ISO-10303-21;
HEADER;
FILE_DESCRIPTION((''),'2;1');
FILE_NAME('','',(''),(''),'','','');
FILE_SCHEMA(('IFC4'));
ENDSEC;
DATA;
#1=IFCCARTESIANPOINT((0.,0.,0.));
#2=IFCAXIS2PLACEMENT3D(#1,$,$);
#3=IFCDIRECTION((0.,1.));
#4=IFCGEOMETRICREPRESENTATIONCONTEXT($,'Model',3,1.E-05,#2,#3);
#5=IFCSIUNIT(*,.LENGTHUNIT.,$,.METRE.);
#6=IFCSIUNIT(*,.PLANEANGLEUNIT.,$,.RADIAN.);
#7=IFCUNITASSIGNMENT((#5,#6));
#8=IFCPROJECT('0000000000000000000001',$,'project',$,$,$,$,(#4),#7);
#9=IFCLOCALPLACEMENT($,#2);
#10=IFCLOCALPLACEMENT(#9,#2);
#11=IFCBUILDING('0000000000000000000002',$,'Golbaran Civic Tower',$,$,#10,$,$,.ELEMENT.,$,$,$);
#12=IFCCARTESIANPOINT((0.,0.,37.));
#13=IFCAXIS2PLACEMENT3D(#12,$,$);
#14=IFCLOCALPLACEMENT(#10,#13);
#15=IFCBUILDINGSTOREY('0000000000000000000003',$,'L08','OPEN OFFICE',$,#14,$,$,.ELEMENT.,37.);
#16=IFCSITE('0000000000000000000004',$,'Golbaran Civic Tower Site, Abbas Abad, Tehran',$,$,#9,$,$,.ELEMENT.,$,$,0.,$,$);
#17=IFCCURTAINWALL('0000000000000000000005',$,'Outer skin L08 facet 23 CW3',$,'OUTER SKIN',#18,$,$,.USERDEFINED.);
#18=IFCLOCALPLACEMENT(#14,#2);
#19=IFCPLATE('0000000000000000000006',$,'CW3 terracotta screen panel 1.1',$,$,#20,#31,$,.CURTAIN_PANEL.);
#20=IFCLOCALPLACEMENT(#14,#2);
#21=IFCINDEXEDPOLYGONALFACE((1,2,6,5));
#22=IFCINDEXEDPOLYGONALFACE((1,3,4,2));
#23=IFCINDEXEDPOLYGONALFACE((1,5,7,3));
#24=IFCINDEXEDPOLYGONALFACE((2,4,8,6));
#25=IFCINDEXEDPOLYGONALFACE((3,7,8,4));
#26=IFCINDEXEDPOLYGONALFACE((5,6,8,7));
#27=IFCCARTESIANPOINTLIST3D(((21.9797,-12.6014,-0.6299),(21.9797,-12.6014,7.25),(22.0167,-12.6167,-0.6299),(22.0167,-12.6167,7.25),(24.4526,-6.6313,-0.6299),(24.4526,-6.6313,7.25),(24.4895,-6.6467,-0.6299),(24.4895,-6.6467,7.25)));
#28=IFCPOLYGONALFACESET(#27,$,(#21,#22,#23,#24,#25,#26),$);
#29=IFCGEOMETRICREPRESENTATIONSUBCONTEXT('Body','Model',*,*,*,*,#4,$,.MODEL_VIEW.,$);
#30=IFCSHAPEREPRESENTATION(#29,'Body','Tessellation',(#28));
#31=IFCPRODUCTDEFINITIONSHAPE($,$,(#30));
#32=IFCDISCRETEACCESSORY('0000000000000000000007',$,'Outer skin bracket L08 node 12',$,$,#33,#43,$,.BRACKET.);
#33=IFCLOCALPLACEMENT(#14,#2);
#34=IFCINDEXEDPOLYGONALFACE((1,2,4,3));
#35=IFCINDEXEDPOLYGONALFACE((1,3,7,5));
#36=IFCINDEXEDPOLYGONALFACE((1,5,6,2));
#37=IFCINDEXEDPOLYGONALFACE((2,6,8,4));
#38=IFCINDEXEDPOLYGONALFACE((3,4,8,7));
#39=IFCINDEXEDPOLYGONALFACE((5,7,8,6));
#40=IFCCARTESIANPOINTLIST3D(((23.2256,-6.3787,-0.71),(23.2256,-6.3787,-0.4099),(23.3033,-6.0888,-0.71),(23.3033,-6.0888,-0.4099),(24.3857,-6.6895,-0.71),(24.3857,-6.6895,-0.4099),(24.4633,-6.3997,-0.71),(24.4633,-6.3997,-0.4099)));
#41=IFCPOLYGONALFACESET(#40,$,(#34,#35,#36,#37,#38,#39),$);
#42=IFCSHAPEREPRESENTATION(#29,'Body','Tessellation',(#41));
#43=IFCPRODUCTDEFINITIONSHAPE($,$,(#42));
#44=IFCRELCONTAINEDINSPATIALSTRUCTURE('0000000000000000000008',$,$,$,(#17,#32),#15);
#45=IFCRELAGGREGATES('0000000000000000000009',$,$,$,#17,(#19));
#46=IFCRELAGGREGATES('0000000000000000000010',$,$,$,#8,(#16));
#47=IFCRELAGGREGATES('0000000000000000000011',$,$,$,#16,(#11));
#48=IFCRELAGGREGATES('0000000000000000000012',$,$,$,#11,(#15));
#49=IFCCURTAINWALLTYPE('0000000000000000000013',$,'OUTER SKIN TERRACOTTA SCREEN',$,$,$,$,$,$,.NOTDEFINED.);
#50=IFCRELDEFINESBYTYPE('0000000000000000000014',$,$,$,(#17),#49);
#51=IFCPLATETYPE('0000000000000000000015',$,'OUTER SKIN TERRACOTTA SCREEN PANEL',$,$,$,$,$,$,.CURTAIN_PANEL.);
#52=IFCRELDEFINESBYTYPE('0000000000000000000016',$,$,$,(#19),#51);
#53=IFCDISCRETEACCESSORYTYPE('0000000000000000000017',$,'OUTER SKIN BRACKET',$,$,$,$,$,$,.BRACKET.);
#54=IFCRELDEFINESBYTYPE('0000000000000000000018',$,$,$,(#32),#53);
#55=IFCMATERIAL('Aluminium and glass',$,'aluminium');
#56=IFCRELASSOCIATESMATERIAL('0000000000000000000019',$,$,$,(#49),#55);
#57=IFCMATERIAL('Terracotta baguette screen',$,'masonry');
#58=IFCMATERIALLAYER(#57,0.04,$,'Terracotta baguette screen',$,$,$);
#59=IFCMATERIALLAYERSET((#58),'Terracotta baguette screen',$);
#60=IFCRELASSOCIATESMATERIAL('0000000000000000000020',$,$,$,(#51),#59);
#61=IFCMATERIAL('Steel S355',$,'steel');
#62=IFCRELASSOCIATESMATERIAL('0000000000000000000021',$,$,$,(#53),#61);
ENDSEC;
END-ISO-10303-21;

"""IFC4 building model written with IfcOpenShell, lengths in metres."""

from ifc_helpers import new_model, si_unit, direction, frame, origin, origin_2d, place, context, subcontext, project, spatial, rectangle, extrude, material, layer, layer_set, type_object, element, aggregate, save


model = new_model("IFC4")

# Units and contexts
model_context = context("Model", 3, precision=1e-05, world=origin(), true_north=direction((0.0, 1.0)))
body_context = subcontext(model_context, "Body", "Model", "MODEL_VIEW")
ifc_project = project(units=[si_unit("LENGTHUNIT", "METRE"), si_unit("PLANEANGLEUNIT", "RADIAN")], contexts=[model_context])

# Site, building, storey
site_placement = place(None, origin())
site = spatial("IfcSite", under=ifc_project, at=site_placement, Name="Golbaran Civic Tower Site, Abbas Abad, Tehran", CompositionType="ELEMENT", RefElevation=0.0)
building_placement = place(site_placement, origin())
building = spatial("IfcBuilding", under=site, at=building_placement, Name="Golbaran Civic Tower", CompositionType="ELEMENT")
storey_placement = place(building_placement, frame((0.0, 0.0, 37.0)))
storey = spatial("IfcBuildingStorey", under=building, at=storey_placement, Name="L08", Description="OPEN OFFICE", CompositionType="ELEMENT", Elevation=37.0)

# Shared definitions
ifc_material_1 = material(Name="Steel S355", Category="steel")

# Shared definitions
ifc_material_2 = material(Name="Aluminium and glass", Category="aluminium")

# Curtain wall
curtain_wall_type_1 = type_object("IfcCurtainWallType", Name="OUTER SKIN TERRACOTTA SCREEN", PredefinedType="NOTDEFINED", material=ifc_material_2)
curtain_wall_1_placement = place(storey_placement, origin())
curtain_wall_1 = element("IfcCurtainWall", 1, at=curtain_wall_1_placement, inside=storey, type_object=curtain_wall_type_1, Name="Outer skin L08 facet 23 CW3", ObjectType="OUTER SKIN", PredefinedType="USERDEFINED")

# Plate
ifc_material_3 = material(Name="Terracotta baguette screen", Category="masonry")
ifc_layer_1 = layer(ifc_material_3, 0.04, Name="Terracotta baguette screen")
ifc_layer_set_1 = layer_set([ifc_layer_1], Name="Terracotta baguette screen")
plate_type_1 = type_object("IfcPlateType", Name="OUTER SKIN TERRACOTTA SCREEN PANEL", PredefinedType="CURTAIN_PANEL", material=ifc_layer_set_1)
plate_1_placement = place(storey_placement, frame((23.2346, -9.624, -0.6299), z_axis=(0.0, 0.0, 1.0), x_axis=(0.382683, 0.92388, 0.0)))
plate_1 = element("IfcPlate", 2, at=plate_1_placement, type_object=plate_type_1, Name="CW3 terracotta screen panel 1.1", PredefinedType="CURTAIN_PANEL", context=body_context, shape_type="SweptSolid", body=[
    extrude(rectangle(XDim=6.4619, YDim=0.04, at=origin_2d()), origin(), (0.0, 0.0, 1.0), 7.8799),
])
aggregate(curtain_wall_1, [plate_1])

# Discrete accessory
discrete_accessory_type = type_object("IfcDiscreteAccessoryType", Name="OUTER SKIN BRACKET", PredefinedType="BRACKET", material=ifc_material_1)
discrete_accessory_placement = place(storey_placement, frame((23.8445, -6.3892, -0.71), z_axis=(0.0, 0.0, 1.0), x_axis=(0.965926, -0.258819, 0.0)))
element("IfcDiscreteAccessory", 3, at=discrete_accessory_placement, inside=storey, type_object=discrete_accessory_type, Name="Outer skin bracket L08 node 12", PredefinedType="BRACKET", context=body_context, shape_type="SweptSolid", body=[
    extrude(rectangle(XDim=1.2009, YDim=0.3, at=origin_2d()), origin(), (0.0, 0.0, 1.0), 0.3),
])

save(model, "model.ifc")
